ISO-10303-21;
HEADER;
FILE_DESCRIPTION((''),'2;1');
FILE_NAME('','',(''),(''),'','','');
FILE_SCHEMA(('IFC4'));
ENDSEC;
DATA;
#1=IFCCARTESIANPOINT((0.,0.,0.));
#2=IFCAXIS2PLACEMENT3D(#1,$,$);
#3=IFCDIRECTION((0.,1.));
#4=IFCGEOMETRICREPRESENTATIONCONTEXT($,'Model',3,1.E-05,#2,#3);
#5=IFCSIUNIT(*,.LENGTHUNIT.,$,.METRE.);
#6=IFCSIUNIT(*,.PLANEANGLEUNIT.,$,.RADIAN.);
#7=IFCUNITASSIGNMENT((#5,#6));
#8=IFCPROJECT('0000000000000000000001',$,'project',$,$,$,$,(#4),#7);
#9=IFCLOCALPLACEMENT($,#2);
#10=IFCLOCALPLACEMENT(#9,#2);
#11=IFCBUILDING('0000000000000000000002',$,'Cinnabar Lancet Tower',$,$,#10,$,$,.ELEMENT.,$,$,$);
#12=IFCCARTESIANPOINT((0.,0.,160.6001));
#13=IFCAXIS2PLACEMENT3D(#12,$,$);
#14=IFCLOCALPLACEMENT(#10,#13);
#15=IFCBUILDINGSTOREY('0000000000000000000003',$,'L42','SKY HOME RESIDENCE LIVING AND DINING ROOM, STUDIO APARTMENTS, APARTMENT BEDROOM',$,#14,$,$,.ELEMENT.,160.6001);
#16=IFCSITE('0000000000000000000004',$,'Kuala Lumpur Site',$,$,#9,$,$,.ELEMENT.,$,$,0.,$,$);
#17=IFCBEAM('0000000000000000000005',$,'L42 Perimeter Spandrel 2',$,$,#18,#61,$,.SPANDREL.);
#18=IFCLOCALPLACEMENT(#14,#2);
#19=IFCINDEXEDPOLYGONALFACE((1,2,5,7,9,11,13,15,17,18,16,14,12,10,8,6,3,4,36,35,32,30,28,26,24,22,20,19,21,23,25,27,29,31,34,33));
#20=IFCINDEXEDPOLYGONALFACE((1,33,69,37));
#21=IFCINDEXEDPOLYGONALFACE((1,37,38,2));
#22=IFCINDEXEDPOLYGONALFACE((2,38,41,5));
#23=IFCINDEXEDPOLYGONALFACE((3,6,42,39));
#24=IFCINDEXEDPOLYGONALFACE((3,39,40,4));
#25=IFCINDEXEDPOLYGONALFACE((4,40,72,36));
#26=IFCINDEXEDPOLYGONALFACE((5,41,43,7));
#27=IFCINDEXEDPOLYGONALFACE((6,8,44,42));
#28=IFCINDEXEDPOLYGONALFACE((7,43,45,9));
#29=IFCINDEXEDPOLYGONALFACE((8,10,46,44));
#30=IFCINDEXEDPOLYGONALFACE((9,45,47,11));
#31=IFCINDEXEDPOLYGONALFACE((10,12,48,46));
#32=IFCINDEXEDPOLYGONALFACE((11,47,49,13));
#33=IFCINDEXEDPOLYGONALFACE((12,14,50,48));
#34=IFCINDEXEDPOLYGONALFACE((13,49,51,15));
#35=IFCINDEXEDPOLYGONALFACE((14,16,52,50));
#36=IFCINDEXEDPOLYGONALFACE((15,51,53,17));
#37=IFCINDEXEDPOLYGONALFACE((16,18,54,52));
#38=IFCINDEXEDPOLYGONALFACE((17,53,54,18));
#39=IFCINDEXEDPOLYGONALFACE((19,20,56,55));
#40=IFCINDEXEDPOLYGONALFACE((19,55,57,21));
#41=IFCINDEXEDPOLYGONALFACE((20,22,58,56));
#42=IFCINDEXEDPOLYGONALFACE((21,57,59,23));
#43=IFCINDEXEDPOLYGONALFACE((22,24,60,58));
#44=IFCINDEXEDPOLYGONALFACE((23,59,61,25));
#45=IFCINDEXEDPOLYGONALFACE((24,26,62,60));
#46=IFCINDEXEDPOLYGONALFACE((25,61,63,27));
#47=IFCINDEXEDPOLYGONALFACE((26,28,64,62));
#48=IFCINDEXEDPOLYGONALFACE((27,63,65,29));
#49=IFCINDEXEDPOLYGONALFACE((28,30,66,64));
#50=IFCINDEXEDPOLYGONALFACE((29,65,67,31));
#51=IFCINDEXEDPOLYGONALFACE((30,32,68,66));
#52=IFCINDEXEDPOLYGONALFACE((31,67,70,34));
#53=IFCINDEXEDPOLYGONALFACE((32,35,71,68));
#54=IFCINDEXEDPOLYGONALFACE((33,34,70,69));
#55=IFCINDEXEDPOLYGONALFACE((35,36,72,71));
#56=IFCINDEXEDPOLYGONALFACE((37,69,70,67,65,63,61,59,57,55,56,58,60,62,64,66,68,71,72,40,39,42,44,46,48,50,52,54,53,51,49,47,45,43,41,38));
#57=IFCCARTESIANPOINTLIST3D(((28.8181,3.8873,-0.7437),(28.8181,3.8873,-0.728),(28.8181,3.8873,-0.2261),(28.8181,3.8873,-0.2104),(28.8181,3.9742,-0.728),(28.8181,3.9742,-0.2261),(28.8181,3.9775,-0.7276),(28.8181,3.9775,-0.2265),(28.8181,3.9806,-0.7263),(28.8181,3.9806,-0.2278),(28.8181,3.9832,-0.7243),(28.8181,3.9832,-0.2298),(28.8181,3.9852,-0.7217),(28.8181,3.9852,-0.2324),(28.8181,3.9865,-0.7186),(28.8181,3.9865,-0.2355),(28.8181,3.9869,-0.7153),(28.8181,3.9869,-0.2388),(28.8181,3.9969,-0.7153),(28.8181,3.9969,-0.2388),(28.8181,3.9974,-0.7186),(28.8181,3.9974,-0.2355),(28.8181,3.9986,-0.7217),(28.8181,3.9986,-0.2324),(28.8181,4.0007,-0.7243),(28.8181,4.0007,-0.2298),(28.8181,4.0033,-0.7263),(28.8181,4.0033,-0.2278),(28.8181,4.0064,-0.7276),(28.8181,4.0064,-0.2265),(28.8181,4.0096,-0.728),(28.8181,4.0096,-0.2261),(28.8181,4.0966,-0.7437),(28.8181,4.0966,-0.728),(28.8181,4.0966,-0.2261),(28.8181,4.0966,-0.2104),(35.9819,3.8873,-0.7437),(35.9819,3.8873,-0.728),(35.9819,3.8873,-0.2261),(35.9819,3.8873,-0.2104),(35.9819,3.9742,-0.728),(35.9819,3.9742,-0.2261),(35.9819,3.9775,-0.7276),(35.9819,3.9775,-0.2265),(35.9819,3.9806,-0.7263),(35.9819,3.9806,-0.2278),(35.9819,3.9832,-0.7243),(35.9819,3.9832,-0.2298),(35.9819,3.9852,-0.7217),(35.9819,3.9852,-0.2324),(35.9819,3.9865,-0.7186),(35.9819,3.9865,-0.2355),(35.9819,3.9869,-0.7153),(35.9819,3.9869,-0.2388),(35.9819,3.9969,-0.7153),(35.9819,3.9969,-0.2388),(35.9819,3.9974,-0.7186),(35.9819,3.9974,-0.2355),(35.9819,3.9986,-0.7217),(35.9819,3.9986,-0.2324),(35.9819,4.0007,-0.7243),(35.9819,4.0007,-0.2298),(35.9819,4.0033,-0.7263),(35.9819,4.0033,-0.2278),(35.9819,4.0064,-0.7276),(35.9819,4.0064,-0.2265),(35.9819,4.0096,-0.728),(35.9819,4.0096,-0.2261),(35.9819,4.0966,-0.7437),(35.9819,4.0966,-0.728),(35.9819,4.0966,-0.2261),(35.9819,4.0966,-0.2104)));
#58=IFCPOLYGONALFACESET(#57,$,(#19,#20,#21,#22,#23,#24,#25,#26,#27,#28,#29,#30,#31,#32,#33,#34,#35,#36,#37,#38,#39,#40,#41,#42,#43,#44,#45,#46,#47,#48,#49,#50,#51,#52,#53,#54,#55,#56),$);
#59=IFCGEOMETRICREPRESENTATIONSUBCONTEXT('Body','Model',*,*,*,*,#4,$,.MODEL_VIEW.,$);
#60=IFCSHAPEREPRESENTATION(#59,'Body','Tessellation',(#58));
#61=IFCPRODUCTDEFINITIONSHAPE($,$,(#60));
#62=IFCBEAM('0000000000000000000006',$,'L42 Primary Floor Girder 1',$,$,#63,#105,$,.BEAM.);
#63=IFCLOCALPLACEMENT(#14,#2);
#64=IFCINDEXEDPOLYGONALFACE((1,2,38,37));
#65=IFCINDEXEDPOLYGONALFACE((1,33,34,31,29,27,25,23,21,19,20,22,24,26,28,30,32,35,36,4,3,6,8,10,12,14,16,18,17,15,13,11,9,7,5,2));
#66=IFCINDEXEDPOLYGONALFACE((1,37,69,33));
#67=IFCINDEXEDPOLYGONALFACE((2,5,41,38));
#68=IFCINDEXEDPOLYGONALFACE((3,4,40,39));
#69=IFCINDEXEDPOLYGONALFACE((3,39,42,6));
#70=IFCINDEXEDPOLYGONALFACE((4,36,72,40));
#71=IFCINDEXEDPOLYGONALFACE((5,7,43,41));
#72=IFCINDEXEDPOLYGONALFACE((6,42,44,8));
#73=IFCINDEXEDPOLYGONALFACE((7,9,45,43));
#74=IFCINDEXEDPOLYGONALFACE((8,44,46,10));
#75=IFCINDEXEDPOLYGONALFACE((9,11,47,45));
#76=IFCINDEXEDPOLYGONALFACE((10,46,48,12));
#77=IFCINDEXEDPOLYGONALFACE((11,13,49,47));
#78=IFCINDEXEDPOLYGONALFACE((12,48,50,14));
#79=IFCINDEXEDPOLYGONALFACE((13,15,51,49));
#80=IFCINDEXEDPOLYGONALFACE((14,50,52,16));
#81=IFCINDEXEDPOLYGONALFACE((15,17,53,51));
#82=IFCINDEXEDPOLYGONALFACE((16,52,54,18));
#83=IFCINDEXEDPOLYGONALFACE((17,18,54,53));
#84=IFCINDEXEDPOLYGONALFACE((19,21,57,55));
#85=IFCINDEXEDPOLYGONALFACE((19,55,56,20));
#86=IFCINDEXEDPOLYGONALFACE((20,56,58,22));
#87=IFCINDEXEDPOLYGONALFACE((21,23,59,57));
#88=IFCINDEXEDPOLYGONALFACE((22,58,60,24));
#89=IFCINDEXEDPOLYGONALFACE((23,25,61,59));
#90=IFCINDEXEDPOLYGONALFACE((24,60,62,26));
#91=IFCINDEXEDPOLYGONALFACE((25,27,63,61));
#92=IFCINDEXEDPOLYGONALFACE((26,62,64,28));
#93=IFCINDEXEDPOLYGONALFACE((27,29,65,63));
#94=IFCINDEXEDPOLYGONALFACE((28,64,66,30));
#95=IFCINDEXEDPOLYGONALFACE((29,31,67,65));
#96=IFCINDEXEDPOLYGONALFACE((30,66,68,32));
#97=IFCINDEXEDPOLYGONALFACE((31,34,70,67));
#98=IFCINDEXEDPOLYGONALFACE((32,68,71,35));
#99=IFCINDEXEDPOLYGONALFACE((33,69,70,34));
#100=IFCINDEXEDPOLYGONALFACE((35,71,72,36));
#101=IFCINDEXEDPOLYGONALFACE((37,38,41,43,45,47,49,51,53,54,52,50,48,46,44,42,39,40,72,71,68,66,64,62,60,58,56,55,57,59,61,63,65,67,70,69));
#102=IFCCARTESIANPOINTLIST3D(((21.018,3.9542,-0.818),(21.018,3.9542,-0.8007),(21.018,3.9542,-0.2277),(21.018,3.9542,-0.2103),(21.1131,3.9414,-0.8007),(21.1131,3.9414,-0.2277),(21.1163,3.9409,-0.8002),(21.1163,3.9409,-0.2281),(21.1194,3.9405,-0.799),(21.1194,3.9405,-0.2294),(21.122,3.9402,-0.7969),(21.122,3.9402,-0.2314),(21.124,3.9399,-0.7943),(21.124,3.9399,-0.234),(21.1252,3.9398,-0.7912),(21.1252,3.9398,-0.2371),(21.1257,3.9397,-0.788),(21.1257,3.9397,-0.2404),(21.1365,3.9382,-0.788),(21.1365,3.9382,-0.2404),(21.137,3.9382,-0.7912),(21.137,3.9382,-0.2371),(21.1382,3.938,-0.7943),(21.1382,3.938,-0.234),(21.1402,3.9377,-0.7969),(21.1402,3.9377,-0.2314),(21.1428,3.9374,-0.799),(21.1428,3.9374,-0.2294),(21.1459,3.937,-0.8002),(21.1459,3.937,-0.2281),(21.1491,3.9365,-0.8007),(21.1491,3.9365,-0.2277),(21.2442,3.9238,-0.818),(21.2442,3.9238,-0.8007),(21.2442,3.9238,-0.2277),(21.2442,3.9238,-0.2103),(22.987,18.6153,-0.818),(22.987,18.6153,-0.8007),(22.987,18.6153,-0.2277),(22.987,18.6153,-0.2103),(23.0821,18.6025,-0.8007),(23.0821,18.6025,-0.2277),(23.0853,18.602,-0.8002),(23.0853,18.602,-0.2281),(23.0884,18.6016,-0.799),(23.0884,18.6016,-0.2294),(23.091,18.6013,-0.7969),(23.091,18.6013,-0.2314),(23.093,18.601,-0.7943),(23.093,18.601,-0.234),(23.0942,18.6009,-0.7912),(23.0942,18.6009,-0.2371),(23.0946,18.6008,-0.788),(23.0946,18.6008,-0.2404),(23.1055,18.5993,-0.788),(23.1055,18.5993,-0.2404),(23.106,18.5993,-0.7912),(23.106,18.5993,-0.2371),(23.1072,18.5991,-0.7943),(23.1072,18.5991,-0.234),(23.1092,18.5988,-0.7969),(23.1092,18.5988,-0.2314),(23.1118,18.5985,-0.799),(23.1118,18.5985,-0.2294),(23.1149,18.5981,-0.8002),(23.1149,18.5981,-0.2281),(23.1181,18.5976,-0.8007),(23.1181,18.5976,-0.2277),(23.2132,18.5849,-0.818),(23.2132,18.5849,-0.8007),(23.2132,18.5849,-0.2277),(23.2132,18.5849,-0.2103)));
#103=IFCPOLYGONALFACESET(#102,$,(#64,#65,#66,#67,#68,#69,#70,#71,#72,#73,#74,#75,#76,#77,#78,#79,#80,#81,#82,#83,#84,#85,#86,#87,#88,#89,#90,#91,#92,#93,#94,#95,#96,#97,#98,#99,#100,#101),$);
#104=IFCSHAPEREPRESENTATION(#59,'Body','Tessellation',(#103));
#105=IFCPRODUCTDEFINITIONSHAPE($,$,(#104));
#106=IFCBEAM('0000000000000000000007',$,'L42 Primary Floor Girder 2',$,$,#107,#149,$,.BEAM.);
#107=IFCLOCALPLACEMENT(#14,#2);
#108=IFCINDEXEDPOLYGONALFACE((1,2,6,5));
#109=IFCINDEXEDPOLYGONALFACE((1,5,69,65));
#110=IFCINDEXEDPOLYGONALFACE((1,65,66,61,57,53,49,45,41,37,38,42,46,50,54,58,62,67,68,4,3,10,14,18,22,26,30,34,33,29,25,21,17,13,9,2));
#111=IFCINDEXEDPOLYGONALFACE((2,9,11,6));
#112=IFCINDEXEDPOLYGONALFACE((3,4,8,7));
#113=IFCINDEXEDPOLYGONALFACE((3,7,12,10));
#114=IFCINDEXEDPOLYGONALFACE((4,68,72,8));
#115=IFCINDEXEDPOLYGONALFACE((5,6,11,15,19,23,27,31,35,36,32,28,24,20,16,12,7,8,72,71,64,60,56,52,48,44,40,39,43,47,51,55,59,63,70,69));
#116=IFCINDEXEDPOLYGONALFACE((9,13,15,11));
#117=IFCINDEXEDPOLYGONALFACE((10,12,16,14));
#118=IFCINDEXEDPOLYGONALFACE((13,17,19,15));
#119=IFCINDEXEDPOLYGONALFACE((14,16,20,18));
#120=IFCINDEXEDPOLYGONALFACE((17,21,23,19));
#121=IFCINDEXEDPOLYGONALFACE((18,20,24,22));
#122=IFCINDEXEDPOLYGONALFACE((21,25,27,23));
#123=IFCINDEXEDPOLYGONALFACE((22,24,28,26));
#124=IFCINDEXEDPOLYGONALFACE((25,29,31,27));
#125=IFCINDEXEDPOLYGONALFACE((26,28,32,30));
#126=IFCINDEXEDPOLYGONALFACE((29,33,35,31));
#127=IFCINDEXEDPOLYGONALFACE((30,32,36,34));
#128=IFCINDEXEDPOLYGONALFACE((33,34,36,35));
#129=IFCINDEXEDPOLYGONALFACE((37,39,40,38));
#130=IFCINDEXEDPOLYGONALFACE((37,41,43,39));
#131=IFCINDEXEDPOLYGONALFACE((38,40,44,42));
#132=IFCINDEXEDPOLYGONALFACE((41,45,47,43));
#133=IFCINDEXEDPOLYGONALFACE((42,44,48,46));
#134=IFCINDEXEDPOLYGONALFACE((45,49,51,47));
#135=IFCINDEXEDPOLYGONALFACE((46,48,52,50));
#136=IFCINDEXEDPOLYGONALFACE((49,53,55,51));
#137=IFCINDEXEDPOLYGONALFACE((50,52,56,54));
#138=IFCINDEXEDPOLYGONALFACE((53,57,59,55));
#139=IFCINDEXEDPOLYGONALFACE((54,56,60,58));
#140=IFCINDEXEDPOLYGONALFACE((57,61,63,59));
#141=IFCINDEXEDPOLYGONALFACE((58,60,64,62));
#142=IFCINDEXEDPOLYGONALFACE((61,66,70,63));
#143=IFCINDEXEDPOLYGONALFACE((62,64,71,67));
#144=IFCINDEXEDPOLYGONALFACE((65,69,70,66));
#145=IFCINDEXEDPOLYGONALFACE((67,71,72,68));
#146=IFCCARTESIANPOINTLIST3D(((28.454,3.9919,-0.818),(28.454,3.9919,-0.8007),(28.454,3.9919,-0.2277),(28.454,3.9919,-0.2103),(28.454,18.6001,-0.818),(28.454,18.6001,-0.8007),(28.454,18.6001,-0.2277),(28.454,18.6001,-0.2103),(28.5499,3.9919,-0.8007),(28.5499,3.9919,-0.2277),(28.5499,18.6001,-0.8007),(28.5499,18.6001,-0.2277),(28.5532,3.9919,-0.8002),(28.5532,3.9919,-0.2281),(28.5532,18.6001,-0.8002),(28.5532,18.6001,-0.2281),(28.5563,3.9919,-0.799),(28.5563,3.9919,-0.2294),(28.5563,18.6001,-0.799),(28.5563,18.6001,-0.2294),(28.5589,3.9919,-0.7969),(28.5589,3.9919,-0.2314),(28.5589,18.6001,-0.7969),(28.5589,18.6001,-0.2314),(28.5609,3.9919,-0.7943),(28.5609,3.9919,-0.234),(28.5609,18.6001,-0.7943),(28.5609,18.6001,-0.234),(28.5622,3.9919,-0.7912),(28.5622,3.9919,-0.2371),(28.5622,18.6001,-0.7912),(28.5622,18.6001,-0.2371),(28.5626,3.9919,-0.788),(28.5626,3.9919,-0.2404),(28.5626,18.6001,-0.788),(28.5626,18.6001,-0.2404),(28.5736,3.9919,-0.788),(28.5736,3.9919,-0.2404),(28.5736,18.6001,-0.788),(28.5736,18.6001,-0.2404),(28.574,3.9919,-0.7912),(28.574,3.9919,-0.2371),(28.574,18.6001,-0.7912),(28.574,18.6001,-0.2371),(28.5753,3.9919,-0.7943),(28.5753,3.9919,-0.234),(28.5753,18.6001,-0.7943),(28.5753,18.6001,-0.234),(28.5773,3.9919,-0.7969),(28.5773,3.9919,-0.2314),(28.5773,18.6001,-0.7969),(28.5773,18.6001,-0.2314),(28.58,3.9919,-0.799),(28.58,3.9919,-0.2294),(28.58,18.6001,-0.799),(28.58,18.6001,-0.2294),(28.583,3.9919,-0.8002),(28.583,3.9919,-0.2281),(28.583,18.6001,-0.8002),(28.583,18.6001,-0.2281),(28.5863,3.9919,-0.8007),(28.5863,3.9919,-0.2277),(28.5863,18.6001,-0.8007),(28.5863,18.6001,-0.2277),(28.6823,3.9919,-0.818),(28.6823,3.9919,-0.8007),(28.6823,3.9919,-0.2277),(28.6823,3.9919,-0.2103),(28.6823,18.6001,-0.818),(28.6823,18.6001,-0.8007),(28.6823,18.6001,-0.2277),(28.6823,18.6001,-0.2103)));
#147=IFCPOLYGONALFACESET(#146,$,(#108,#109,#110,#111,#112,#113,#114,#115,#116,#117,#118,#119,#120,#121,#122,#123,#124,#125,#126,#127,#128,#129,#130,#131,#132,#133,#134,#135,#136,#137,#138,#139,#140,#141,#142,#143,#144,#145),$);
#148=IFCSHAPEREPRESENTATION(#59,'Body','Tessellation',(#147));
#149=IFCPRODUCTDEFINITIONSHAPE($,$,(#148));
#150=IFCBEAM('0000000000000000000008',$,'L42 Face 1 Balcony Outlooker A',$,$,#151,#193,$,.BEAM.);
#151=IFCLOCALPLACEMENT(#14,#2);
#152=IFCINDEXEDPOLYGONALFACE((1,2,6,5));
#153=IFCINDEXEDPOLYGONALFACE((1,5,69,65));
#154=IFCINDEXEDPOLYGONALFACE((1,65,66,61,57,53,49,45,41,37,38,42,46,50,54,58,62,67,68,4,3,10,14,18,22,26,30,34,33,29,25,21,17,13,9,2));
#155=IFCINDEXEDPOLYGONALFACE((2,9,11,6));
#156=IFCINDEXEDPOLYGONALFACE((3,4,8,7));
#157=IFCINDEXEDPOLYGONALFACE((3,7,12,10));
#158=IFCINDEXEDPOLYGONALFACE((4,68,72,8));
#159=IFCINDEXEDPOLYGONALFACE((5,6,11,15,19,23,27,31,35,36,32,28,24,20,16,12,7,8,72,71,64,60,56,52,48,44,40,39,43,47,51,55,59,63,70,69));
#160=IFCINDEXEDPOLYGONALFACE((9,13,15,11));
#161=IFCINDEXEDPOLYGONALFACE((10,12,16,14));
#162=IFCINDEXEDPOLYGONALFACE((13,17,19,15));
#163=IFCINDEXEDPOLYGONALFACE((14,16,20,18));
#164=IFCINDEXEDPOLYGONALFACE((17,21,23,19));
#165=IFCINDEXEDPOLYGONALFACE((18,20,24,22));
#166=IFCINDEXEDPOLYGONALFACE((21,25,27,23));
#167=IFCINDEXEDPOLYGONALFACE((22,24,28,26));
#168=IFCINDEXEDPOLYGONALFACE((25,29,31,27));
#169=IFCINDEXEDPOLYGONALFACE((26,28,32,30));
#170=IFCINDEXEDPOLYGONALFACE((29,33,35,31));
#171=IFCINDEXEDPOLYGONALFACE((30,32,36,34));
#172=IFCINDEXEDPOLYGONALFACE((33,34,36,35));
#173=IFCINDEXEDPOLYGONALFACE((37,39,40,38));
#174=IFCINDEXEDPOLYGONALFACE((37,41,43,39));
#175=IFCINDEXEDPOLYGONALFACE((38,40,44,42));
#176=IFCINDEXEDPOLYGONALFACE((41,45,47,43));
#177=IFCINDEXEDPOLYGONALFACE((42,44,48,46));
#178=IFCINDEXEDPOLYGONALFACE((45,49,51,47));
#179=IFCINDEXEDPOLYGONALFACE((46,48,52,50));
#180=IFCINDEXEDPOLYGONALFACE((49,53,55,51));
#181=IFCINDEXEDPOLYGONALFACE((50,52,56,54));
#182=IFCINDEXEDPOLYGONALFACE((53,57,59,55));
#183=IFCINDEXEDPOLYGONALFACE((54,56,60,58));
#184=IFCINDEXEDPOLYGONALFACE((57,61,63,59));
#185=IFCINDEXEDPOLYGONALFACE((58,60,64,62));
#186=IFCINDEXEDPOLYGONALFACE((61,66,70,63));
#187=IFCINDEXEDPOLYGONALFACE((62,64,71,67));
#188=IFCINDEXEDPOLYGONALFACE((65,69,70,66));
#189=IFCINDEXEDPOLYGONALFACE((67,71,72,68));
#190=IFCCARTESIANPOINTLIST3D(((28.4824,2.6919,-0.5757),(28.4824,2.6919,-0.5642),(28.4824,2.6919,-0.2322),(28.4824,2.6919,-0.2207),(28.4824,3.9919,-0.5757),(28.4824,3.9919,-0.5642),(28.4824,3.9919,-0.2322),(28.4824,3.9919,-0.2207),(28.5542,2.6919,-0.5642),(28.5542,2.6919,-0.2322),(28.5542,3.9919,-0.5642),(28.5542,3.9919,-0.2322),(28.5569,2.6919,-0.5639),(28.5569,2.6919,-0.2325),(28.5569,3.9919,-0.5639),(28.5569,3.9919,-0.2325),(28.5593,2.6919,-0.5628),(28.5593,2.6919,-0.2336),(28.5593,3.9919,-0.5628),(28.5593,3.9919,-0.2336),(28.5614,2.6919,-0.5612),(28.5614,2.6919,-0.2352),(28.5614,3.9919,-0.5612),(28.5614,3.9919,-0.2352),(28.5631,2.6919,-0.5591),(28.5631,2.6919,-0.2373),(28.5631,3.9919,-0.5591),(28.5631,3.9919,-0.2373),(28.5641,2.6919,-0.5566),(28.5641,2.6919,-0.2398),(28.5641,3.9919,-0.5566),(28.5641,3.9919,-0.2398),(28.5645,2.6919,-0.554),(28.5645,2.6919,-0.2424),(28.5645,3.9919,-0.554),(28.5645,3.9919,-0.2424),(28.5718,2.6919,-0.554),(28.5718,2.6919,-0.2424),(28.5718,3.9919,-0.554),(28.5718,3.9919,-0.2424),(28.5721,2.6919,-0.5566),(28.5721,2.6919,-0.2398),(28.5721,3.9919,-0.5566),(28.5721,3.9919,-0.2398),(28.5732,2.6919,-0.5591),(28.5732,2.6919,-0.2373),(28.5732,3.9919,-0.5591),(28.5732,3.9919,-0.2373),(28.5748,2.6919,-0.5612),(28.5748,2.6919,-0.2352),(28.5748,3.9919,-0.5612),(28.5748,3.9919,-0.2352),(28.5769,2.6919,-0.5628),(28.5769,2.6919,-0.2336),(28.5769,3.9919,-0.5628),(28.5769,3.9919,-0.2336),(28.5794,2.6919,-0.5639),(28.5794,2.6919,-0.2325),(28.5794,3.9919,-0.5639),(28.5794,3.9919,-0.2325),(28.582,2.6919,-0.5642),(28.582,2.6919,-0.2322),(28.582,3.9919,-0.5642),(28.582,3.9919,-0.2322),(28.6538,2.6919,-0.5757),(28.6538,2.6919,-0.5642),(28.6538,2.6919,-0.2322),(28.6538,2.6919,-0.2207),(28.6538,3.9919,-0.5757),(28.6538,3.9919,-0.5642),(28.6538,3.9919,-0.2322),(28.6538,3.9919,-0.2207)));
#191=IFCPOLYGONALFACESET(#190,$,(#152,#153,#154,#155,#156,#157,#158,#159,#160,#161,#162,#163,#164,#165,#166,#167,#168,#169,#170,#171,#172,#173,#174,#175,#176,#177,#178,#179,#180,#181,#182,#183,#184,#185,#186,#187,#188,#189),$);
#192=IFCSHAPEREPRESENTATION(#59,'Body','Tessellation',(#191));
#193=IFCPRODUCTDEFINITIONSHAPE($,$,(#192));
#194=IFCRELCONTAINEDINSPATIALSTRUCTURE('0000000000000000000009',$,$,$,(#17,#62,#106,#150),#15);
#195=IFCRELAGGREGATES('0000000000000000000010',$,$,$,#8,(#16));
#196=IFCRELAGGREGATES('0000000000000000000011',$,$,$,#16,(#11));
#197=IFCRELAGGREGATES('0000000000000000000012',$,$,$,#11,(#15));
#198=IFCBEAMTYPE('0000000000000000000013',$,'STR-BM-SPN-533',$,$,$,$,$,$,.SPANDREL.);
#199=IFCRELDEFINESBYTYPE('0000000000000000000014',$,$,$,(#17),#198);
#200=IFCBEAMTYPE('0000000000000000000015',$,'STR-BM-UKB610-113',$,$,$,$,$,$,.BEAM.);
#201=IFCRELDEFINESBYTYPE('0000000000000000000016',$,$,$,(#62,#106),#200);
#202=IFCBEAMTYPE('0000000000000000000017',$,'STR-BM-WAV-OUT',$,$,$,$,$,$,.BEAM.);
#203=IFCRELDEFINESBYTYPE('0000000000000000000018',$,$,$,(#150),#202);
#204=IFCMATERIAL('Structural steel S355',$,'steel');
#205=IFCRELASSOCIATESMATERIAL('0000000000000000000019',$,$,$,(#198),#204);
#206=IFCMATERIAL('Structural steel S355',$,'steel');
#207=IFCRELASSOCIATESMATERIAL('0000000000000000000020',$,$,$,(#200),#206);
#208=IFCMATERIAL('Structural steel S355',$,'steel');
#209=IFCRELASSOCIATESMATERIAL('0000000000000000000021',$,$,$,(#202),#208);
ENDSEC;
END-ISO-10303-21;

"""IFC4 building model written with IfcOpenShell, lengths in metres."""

from ifc_helpers import new_model, si_unit, direction, frame, origin, origin_2d, place, context, subcontext, project, spatial, i_section, extrude, material, material_profile, profile_set, type_object, element, save


model = new_model("IFC4")

# Units and contexts
model_context = context("Model", 3, precision=1e-05, world=origin(), true_north=direction((0.0, 1.0)))
body_context = subcontext(model_context, "Body", "Model", "MODEL_VIEW")
ifc_project = project(units=[si_unit("LENGTHUNIT", "METRE"), si_unit("PLANEANGLEUNIT", "RADIAN")], contexts=[model_context])

# Site, building, storey
site_placement = place(None, origin())
site = spatial("IfcSite", under=ifc_project, at=site_placement, Name="Kuala Lumpur Site", CompositionType="ELEMENT", RefElevation=0.0)
building_placement = place(site_placement, origin())
building = spatial("IfcBuilding", under=site, at=building_placement, Name="Cinnabar Lancet Tower", CompositionType="ELEMENT")
storey_placement = place(building_placement, frame((0.0, 0.0, 160.6001)))
storey = spatial("IfcBuildingStorey", under=building, at=storey_placement, Name="L42", Description="SKY HOME RESIDENCE LIVING AND DINING ROOM, STUDIO APARTMENTS, APARTMENT BEDROOM", CompositionType="ELEMENT", Elevation=160.6001)

# Beams
ifc_material_1 = material(Name="Structural steel S355", Category="steel")
ifc_material_profile_1 = material_profile(ifc_material_1, i_section(OverallWidth=0.2092, OverallDepth=0.5332, WebThickness=0.01, FlangeThickness=0.0156, FilletRadius=0.0127, at=origin_2d()), Name="UKB 533x210x92")
ifc_profile_set_1 = profile_set([ifc_material_profile_1], Name="Structural steel S355")
beam_type_1 = type_object("IfcBeamType", Name="STR-BM-SPN-533", PredefinedType="SPANDREL", material=ifc_profile_set_1)
beam_1_placement = place(storey_placement, frame((28.8181, 3.9919, -0.4771), z_axis=(1.0, 0.0, 0.0), x_axis=(0.0, 1.0, 0.0)))
element("IfcBeam", 1, at=beam_1_placement, inside=storey, type_object=beam_type_1, Name="L42 Perimeter Spandrel 2", PredefinedType="SPANDREL", context=body_context, shape_type="SweptSolid", body=[
    extrude(i_section(OverallWidth=0.2092, OverallDepth=0.5332, WebThickness=0.01, FlangeThickness=0.0156, FilletRadius=0.0127, at=origin_2d()), origin(), (0.0, 0.0, 1.0), 7.1638),
])
ifc_material_2 = material(Name="Structural steel S355", Category="steel")
ifc_material_profile_2 = material_profile(ifc_material_2, i_section(OverallWidth=0.2283, OverallDepth=0.6077, WebThickness=0.011, FlangeThickness=0.0173, FilletRadius=0.0127, at=origin_2d()), Name="UKB 610x229x113")
ifc_profile_set_2 = profile_set([ifc_material_profile_2], Name="Structural steel S355")
beam_type_2 = type_object("IfcBeamType", Name="STR-BM-UKB610-113", PredefinedType="BEAM", material=ifc_profile_set_2)
beam_2_placement = place(storey_placement, frame((21.1311, 3.939, -0.5142), z_axis=(0.133105, 0.991102, 0.0), x_axis=(-0.991102, 0.133105, 0.0)))
element("IfcBeam", 2, at=beam_2_placement, inside=storey, type_object=beam_type_2, Name="L42 Primary Floor Girder 1", PredefinedType="BEAM", context=body_context, shape_type="SweptSolid", body=[
    extrude(i_section(OverallWidth=0.2283, OverallDepth=0.6077, WebThickness=0.011, FlangeThickness=0.0173, FilletRadius=0.0127, at=origin_2d()), origin(), (0.0, 0.0, 1.0), 14.7927),
])
beam_3_placement = place(storey_placement, frame((28.5681, 3.9919, -0.5142), z_axis=(0.0, 1.0, 0.0), x_axis=(-1.0, 0.0, 0.0)))
element("IfcBeam", 3, at=beam_3_placement, inside=storey, type_object=beam_type_2, Name="L42 Primary Floor Girder 2", PredefinedType="BEAM", context=body_context, shape_type="SweptSolid", body=[
    extrude(i_section(OverallWidth=0.2283, OverallDepth=0.6077, WebThickness=0.011, FlangeThickness=0.0173, FilletRadius=0.0127, at=origin_2d()), origin(), (0.0, 0.0, 1.0), 14.6082),
])
ifc_material_3 = material(Name="Structural steel S355", Category="steel")
ifc_material_profile_3 = material_profile(ifc_material_3, i_section(OverallWidth=0.1714, OverallDepth=0.355, WebThickness=0.0073, FlangeThickness=0.0115, FilletRadius=0.0103, at=origin_2d()), Name="UKB 356x171x51")
ifc_profile_set_3 = profile_set([ifc_material_profile_3], Name="Structural steel S355")
beam_type_3 = type_object("IfcBeamType", Name="STR-BM-WAV-OUT", PredefinedType="BEAM", material=ifc_profile_set_3)
beam_4_placement = place(storey_placement, frame((28.5681, 3.9919, -0.3982), z_axis=(0.0, -1.0, 0.0), x_axis=(1.0, 0.0, 0.0)))
element("IfcBeam", 4, at=beam_4_placement, inside=storey, type_object=beam_type_3, Name="L42 Face 1 Balcony Outlooker A", PredefinedType="BEAM", context=body_context, shape_type="SweptSolid", body=[
    extrude(i_section(OverallWidth=0.1714, OverallDepth=0.355, WebThickness=0.0073, FlangeThickness=0.0115, FilletRadius=0.0103, at=origin_2d()), origin(), (0.0, 0.0, 1.0), 1.3),
])

save(model, "model.ifc")
